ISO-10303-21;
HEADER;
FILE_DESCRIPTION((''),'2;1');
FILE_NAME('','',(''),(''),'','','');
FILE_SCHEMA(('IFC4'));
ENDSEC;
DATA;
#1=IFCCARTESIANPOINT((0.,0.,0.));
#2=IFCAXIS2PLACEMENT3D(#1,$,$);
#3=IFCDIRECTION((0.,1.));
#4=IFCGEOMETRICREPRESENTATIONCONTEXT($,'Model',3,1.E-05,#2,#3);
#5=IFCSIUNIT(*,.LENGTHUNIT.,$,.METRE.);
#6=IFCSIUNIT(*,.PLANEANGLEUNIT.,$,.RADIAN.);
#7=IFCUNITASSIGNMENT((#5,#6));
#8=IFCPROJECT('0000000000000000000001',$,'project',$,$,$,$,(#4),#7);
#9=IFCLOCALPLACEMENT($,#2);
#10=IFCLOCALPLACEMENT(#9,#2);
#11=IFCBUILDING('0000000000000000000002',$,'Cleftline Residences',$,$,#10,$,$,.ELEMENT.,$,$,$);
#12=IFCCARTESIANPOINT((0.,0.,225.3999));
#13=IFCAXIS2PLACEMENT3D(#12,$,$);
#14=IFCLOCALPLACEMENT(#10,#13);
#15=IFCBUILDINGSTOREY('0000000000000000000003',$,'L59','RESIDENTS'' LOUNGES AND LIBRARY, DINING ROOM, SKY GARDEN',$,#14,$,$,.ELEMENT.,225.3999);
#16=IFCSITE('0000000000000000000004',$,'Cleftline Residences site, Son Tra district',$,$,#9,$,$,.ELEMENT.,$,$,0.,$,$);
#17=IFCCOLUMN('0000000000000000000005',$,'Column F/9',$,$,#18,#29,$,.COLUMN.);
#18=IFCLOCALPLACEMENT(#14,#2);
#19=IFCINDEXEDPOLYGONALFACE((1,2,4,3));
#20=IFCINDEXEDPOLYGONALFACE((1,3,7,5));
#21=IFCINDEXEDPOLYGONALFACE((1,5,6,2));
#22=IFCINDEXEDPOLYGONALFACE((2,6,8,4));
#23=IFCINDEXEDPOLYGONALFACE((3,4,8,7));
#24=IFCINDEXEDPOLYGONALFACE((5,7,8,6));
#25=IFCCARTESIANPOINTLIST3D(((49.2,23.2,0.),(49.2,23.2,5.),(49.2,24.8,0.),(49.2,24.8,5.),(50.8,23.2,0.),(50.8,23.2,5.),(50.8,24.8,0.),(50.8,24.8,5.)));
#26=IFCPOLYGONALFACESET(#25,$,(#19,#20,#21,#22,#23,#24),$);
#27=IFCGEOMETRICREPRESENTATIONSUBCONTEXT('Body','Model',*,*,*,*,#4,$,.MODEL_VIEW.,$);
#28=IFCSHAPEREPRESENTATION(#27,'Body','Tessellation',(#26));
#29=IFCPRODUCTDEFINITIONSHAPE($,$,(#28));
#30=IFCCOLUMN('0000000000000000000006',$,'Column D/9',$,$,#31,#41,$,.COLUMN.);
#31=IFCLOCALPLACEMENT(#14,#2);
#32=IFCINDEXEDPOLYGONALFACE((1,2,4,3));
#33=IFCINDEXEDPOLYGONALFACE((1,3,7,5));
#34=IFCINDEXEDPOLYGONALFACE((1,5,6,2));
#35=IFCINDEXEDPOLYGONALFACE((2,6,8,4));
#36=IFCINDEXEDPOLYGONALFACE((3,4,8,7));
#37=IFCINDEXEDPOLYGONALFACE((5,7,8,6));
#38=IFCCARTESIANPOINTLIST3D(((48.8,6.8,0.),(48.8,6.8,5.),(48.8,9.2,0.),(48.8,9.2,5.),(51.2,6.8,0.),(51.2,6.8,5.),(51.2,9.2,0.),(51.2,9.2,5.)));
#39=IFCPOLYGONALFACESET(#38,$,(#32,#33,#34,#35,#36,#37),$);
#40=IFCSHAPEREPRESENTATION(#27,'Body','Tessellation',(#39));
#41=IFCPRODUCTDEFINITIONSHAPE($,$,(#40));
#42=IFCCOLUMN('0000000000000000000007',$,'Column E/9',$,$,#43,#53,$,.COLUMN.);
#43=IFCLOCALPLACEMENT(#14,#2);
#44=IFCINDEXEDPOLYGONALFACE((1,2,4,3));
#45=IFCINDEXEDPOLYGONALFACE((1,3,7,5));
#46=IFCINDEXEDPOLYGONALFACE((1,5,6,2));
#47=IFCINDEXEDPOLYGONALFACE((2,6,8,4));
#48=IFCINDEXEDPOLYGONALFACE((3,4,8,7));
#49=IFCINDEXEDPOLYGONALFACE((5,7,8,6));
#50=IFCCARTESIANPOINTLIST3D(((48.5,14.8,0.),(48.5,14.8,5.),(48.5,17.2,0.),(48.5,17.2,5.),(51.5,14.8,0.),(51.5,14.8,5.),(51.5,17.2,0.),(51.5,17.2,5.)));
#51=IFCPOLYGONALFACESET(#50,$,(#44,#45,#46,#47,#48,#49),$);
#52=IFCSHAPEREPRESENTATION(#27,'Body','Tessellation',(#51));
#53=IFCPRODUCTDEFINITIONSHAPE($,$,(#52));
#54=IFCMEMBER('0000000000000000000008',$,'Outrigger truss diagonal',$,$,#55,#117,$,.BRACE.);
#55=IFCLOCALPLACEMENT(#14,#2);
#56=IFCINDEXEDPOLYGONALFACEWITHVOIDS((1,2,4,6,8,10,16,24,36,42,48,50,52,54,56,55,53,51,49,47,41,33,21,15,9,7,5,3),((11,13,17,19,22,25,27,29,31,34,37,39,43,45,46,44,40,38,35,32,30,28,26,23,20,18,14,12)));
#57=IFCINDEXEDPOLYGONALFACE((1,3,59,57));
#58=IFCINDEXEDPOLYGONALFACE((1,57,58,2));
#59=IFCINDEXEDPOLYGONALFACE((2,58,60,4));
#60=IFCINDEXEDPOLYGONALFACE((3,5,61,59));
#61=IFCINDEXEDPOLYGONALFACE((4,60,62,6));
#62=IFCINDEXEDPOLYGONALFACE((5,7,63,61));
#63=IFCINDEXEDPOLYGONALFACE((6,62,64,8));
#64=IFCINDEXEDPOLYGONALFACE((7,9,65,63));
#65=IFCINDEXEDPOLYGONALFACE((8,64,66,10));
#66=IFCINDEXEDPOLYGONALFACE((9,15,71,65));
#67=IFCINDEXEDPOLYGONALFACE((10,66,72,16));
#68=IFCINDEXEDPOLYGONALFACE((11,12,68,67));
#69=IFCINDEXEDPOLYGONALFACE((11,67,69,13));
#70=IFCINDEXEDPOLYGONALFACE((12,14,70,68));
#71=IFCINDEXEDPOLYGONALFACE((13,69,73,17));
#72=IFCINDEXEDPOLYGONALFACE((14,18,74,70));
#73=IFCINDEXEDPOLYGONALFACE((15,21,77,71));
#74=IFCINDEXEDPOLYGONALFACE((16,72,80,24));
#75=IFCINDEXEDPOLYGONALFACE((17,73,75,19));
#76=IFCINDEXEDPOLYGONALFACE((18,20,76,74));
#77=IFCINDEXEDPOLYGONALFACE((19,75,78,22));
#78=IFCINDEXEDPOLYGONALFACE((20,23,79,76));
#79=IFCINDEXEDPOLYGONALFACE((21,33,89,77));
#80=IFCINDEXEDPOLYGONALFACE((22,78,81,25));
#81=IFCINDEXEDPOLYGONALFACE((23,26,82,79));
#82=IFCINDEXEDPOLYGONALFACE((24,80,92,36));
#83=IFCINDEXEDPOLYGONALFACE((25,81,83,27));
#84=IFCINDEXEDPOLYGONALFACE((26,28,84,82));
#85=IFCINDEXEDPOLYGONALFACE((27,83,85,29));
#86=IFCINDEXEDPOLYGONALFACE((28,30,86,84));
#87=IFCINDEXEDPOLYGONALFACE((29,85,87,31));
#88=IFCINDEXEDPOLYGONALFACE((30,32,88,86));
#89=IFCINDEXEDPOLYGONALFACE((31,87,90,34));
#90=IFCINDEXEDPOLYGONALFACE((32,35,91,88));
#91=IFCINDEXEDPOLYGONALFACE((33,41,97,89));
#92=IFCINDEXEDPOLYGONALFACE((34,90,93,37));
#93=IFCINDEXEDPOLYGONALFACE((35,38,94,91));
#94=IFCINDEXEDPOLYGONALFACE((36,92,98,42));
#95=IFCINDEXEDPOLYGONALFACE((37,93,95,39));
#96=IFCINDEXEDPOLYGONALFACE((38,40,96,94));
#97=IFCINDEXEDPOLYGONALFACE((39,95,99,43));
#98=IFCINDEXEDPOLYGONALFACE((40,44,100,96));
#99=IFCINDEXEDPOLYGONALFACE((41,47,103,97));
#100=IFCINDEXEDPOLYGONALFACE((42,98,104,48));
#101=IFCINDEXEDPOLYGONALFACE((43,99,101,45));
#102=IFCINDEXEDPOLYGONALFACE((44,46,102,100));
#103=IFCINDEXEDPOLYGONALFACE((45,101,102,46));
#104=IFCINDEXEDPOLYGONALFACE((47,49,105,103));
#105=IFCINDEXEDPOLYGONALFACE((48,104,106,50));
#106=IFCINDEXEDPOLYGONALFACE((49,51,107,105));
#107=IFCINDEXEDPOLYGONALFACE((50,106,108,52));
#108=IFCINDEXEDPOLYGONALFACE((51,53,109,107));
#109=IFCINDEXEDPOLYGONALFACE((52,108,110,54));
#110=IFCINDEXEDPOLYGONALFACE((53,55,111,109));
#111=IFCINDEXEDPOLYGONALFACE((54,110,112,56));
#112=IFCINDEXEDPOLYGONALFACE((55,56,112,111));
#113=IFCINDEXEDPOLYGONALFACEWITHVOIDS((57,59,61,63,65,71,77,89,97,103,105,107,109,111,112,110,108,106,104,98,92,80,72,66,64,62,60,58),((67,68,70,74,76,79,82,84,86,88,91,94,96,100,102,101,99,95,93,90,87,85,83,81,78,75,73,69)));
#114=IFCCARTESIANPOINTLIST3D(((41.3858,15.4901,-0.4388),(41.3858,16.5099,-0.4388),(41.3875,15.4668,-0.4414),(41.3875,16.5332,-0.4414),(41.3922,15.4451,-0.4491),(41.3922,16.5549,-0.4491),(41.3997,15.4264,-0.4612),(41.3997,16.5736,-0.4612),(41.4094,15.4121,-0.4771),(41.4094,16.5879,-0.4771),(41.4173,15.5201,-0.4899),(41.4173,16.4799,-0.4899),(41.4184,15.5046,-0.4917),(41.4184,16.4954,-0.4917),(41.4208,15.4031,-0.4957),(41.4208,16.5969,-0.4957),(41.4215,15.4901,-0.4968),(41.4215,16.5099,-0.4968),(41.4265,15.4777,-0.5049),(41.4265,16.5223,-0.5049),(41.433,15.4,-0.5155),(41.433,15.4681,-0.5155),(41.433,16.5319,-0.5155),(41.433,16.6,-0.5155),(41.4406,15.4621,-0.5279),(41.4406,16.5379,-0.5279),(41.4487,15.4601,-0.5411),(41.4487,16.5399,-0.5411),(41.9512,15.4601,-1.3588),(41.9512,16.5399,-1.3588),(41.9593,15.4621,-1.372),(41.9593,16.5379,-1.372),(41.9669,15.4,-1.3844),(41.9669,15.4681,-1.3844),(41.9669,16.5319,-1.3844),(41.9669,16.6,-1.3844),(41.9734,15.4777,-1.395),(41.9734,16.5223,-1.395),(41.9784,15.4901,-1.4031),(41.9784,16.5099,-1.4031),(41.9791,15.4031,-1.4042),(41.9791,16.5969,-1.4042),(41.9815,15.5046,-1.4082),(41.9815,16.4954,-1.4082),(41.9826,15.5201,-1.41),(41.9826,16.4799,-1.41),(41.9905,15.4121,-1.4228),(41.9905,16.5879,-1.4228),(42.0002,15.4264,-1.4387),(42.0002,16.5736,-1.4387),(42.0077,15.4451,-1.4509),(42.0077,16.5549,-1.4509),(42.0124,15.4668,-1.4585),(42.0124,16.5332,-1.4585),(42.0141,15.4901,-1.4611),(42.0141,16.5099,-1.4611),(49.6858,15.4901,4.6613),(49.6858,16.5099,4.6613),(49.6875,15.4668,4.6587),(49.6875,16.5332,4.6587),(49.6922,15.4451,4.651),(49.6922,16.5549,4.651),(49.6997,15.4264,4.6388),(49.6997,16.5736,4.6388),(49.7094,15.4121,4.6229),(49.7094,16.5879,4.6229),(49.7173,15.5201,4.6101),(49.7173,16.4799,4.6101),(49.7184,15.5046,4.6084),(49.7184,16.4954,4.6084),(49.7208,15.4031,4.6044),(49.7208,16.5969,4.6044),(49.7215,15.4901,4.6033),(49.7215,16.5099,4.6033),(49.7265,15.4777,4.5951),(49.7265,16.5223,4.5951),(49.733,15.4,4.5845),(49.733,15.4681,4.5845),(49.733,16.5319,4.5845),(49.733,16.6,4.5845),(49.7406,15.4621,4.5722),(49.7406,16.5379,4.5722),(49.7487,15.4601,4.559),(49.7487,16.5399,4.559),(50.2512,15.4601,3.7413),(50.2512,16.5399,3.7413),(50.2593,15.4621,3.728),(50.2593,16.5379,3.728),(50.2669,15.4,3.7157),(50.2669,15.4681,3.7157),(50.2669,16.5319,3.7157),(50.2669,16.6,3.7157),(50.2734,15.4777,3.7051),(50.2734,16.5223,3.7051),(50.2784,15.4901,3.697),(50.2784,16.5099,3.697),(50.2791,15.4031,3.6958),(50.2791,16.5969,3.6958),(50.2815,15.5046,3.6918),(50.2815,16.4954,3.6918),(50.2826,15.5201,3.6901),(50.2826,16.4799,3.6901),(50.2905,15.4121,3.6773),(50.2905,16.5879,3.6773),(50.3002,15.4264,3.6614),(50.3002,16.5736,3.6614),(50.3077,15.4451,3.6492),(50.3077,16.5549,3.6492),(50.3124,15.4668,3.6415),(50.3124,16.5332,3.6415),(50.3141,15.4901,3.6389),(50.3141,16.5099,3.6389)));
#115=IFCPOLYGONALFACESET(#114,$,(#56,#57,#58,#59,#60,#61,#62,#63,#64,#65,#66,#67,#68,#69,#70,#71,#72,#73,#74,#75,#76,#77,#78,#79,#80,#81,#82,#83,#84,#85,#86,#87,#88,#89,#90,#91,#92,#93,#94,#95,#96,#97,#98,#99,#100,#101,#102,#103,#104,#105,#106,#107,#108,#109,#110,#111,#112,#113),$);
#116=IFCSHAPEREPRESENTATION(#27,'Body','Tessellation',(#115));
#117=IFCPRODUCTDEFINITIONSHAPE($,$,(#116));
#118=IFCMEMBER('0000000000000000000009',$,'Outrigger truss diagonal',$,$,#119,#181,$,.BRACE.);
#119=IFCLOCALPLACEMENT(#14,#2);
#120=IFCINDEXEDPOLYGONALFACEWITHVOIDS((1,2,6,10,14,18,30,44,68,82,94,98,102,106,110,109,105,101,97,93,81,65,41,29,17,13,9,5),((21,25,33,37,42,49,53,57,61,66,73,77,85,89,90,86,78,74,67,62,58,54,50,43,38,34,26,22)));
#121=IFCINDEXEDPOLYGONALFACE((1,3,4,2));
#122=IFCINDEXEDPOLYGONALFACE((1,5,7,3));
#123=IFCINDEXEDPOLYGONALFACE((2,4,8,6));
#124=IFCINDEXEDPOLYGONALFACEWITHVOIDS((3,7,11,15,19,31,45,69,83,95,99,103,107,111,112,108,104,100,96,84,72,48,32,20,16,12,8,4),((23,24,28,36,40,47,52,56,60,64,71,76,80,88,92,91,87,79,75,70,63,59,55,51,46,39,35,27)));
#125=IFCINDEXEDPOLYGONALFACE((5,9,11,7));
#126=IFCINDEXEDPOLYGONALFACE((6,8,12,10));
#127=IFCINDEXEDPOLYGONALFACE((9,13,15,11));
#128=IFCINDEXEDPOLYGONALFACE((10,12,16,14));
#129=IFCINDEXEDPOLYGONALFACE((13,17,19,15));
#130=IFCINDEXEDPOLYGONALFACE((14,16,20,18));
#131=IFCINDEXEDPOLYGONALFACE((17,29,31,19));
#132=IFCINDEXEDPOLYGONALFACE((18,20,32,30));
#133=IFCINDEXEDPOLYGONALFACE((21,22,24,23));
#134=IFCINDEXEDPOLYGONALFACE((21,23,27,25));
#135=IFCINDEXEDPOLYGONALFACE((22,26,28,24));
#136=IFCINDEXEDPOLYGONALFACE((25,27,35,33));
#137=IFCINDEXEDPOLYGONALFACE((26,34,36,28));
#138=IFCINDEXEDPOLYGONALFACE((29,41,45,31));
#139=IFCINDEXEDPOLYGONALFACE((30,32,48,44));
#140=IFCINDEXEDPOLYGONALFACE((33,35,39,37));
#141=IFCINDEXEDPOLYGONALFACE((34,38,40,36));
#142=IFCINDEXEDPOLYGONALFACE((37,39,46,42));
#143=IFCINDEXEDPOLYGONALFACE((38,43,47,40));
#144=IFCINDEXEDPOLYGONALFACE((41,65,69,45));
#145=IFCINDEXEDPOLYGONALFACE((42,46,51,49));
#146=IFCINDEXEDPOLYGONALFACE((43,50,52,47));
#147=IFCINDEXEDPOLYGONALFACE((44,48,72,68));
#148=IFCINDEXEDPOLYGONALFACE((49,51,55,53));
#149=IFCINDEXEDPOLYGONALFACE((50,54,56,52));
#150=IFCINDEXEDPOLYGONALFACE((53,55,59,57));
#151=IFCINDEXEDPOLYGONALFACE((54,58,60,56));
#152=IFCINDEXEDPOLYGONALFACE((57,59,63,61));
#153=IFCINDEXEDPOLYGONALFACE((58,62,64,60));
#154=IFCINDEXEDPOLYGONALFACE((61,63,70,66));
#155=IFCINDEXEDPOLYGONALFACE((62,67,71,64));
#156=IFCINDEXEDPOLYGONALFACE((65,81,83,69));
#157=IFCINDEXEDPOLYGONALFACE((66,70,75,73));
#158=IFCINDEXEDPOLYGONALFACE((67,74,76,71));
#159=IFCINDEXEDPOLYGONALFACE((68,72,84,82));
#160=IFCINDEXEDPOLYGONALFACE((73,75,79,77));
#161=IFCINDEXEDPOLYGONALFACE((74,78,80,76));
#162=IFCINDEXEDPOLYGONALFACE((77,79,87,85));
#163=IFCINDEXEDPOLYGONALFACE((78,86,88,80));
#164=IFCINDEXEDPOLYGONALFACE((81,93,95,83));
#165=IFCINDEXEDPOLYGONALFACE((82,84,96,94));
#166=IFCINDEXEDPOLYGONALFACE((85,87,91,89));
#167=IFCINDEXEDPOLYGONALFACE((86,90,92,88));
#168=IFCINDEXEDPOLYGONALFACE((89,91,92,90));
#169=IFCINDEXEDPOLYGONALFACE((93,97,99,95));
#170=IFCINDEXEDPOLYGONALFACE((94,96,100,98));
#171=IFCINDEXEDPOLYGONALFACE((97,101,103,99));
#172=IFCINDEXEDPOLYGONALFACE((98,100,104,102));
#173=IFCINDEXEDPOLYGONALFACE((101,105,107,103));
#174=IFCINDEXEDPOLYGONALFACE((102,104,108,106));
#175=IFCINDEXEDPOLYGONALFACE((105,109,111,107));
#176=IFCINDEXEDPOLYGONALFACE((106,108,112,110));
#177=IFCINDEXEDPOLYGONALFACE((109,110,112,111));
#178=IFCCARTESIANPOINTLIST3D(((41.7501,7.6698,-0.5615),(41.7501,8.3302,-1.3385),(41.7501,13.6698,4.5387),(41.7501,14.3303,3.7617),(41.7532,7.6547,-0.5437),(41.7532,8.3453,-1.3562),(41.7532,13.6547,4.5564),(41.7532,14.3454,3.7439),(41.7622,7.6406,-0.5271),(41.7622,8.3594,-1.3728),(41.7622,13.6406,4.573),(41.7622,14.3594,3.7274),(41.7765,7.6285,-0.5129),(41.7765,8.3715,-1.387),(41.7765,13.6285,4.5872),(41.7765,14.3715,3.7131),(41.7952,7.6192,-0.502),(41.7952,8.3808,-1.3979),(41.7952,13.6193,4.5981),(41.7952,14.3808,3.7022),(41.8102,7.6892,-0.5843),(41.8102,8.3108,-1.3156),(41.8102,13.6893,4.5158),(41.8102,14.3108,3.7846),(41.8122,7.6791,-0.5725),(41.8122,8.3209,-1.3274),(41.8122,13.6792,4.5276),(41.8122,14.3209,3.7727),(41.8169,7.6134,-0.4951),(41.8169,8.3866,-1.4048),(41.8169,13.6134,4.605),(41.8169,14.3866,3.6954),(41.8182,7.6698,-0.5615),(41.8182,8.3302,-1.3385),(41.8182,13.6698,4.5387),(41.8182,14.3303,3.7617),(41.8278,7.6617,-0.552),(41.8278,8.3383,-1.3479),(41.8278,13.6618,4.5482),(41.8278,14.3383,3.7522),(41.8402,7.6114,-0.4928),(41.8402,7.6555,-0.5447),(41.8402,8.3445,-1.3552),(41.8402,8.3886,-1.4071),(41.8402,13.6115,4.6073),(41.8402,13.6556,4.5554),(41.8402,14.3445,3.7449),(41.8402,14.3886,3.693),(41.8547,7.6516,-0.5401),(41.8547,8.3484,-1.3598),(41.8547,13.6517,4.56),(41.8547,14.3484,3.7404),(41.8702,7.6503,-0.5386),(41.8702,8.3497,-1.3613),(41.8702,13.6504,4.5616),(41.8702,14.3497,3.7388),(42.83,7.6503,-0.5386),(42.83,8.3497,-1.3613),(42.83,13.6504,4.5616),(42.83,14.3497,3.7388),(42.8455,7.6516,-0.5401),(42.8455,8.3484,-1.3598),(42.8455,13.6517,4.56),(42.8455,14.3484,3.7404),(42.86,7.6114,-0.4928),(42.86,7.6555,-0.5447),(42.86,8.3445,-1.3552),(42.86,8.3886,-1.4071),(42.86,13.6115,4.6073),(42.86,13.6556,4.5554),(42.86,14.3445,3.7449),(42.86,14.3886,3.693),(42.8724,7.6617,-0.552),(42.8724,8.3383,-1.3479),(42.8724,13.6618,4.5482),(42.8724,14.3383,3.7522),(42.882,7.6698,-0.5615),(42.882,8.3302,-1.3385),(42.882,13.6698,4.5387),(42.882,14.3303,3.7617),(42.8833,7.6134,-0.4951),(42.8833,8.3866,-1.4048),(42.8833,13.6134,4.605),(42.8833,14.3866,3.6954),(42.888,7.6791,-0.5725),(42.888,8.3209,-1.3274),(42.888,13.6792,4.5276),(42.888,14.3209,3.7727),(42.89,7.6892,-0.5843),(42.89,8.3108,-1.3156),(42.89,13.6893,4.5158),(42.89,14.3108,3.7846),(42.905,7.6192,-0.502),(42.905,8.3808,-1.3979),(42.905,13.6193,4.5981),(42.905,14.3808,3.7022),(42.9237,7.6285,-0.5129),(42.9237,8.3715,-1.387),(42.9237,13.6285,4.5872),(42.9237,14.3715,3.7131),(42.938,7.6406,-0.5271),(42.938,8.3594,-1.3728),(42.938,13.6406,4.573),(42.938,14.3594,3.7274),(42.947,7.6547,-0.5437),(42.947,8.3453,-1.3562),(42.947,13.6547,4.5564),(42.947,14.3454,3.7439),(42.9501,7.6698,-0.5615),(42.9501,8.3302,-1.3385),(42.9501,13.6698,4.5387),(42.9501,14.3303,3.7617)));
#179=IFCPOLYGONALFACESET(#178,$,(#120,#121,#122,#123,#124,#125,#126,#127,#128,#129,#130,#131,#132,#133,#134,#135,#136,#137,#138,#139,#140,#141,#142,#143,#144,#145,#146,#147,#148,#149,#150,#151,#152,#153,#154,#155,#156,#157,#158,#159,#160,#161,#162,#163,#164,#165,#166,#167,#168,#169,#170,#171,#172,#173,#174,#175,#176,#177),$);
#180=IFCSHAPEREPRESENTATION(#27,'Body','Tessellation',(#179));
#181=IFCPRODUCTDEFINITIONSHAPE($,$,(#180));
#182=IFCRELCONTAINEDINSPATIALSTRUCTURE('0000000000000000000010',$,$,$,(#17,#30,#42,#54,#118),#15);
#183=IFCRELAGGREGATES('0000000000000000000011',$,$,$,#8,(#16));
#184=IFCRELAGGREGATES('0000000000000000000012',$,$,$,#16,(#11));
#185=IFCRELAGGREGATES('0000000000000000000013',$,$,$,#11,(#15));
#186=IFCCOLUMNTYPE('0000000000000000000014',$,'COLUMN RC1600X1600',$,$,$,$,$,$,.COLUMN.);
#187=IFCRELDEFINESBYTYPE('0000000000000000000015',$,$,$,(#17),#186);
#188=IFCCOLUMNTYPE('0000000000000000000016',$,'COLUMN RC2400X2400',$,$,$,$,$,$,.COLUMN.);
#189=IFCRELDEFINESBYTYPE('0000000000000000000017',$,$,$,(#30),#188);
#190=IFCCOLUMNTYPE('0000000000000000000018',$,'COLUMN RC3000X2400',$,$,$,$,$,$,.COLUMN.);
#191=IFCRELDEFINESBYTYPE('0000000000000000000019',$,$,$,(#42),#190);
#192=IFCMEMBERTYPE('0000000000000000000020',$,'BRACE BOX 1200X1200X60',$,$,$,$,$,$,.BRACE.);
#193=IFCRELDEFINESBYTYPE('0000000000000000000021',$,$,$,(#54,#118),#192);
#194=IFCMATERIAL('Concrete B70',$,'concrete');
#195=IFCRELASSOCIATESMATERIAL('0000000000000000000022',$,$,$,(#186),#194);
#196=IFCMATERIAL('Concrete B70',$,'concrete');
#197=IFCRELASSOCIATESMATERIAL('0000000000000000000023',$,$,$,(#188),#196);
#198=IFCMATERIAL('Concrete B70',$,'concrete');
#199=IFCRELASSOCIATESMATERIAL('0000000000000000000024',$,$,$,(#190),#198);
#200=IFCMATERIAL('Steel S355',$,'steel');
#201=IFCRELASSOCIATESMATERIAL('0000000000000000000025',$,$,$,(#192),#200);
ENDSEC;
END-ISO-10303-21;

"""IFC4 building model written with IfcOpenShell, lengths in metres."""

from ifc_helpers import new_model, si_unit, direction, frame, origin, origin_2d, place, context, subcontext, project, spatial, rectangle, hollow_rectangle, extrude, material, material_profile, profile_set, type_object, element, save


model = new_model("IFC4")

# Units and contexts
model_context = context("Model", 3, precision=1e-05, world=origin(), true_north=direction((0.0, 1.0)))
body_context = subcontext(model_context, "Body", "Model", "MODEL_VIEW")
ifc_project = project(units=[si_unit("LENGTHUNIT", "METRE"), si_unit("PLANEANGLEUNIT", "RADIAN")], contexts=[model_context])

# Site, building, storey
site_placement = place(None, origin())
site = spatial("IfcSite", under=ifc_project, at=site_placement, Name="Cleftline Residences site, Son Tra district", CompositionType="ELEMENT", RefElevation=0.0)
building_placement = place(site_placement, origin())
building = spatial("IfcBuilding", under=site, at=building_placement, Name="Cleftline Residences", CompositionType="ELEMENT")
storey_placement = place(building_placement, frame((0.0, 0.0, 225.3999)))
storey = spatial("IfcBuildingStorey", under=building, at=storey_placement, Name="L59", Description="RESIDENTS' LOUNGES AND LIBRARY, DINING ROOM, SKY GARDEN", CompositionType="ELEMENT", Elevation=225.3999)

# Columns
ifc_material_1 = material(Name="Concrete B70", Category="concrete")
ifc_material_profile_1 = material_profile(ifc_material_1, rectangle(XDim=1.6001, YDim=1.6001, at=origin_2d()))
ifc_profile_set_1 = profile_set([ifc_material_profile_1], Name="Concrete B70")
column_type_1 = type_object("IfcColumnType", Name="COLUMN RC1600X1600", PredefinedType="COLUMN", material=ifc_profile_set_1)
column_1_placement = place(storey_placement, frame((50.0, 24.0, 0.0), z_axis=(0.0, 0.0, 1.0), x_axis=(1.0, 0.0, 0.0)))
element("IfcColumn", 1, at=column_1_placement, inside=storey, type_object=column_type_1, Name="Column F/9", PredefinedType="COLUMN", context=body_context, shape_type="SweptSolid", body=[
    extrude(rectangle(XDim=1.6001, YDim=1.6001, at=origin_2d()), origin(), (0.0, 0.0, 1.0), 5.0),
])
ifc_material_2 = material(Name="Concrete B70", Category="concrete")
ifc_material_profile_2 = material_profile(ifc_material_2, rectangle(XDim=2.3999, YDim=2.3999, at=origin_2d()))
ifc_profile_set_2 = profile_set([ifc_material_profile_2], Name="Concrete B70")
column_type_2 = type_object("IfcColumnType", Name="COLUMN RC2400X2400", PredefinedType="COLUMN", material=ifc_profile_set_2)
column_2_placement = place(storey_placement, frame((50.0, 8.0, 0.0), z_axis=(0.0, 0.0, 1.0), x_axis=(1.0, 0.0, 0.0)))
element("IfcColumn", 2, at=column_2_placement, inside=storey, type_object=column_type_2, Name="Column D/9", PredefinedType="COLUMN", context=body_context, shape_type="SweptSolid", body=[
    extrude(rectangle(XDim=2.3999, YDim=2.3999, at=origin_2d()), origin(), (0.0, 0.0, 1.0), 5.0),
])
ifc_material_3 = material(Name="Concrete B70", Category="concrete")
ifc_material_profile_3 = material_profile(ifc_material_3, rectangle(XDim=3.0, YDim=2.3999, at=origin_2d()))
ifc_profile_set_3 = profile_set([ifc_material_profile_3], Name="Concrete B70")
column_type_3 = type_object("IfcColumnType", Name="COLUMN RC3000X2400", PredefinedType="COLUMN", material=ifc_profile_set_3)
column_3_placement = place(storey_placement, frame((50.0, 16.0, 0.0), z_axis=(0.0, 0.0, 1.0), x_axis=(1.0, 0.0, 0.0)))
element("IfcColumn", 3, at=column_3_placement, inside=storey, type_object=column_type_3, Name="Column E/9", PredefinedType="COLUMN", context=body_context, shape_type="SweptSolid", body=[
    extrude(rectangle(XDim=3.0, YDim=2.3999, at=origin_2d()), origin(), (0.0, 0.0, 1.0), 5.0),
])

# Members
ifc_material_4 = material(Name="Steel S355", Category="steel")
ifc_material_profile_4 = material_profile(ifc_material_4, hollow_rectangle(XDim=1.2, YDim=1.2, WallThickness=0.0601, InnerFilletRadius=0.0601, OuterFilletRadius=0.0901, at=origin_2d()))
ifc_profile_set_4 = profile_set([ifc_material_profile_4], Name="Steel S355")
member_type_1 = type_object("IfcMemberType", Name="BRACE BOX 1200X1200X60", PredefinedType="BRACE", material=ifc_profile_set_4)
member_1_placement = place(storey_placement, frame((41.7, 16.0, -0.95), z_axis=(0.852007, 0.0, 0.52353), x_axis=(-0.52353, 0.0, 0.852007)))
element("IfcMember", 4, at=member_1_placement, inside=storey, type_object=member_type_1, Name="Outrigger truss diagonal", PredefinedType="BRACE", context=body_context, shape_type="SweptSolid", body=[
    extrude(hollow_rectangle(XDim=1.2, YDim=1.2, WallThickness=0.0601, InnerFilletRadius=0.0601, OuterFilletRadius=0.0901, at=origin_2d()), origin(), (0.0, 0.0, 1.0), 9.7417),
])
member_2_placement = place(storey_placement, frame((42.3501, 8.0, -0.95), z_axis=(0.0, 0.761933, 0.647656), x_axis=(0.0, -0.647656, 0.761933)))
element("IfcMember", 5, at=member_2_placement, inside=storey, type_object=member_type_1, Name="Outrigger truss diagonal", PredefinedType="BRACE", context=body_context, shape_type="SweptSolid", body=[
    extrude(hollow_rectangle(XDim=1.2, YDim=1.2, WallThickness=0.0601, InnerFilletRadius=0.0601, OuterFilletRadius=0.0901, at=origin_2d()), origin(), (0.0, 0.0, 1.0), 7.8748),
])

save(model, "model.ifc")
